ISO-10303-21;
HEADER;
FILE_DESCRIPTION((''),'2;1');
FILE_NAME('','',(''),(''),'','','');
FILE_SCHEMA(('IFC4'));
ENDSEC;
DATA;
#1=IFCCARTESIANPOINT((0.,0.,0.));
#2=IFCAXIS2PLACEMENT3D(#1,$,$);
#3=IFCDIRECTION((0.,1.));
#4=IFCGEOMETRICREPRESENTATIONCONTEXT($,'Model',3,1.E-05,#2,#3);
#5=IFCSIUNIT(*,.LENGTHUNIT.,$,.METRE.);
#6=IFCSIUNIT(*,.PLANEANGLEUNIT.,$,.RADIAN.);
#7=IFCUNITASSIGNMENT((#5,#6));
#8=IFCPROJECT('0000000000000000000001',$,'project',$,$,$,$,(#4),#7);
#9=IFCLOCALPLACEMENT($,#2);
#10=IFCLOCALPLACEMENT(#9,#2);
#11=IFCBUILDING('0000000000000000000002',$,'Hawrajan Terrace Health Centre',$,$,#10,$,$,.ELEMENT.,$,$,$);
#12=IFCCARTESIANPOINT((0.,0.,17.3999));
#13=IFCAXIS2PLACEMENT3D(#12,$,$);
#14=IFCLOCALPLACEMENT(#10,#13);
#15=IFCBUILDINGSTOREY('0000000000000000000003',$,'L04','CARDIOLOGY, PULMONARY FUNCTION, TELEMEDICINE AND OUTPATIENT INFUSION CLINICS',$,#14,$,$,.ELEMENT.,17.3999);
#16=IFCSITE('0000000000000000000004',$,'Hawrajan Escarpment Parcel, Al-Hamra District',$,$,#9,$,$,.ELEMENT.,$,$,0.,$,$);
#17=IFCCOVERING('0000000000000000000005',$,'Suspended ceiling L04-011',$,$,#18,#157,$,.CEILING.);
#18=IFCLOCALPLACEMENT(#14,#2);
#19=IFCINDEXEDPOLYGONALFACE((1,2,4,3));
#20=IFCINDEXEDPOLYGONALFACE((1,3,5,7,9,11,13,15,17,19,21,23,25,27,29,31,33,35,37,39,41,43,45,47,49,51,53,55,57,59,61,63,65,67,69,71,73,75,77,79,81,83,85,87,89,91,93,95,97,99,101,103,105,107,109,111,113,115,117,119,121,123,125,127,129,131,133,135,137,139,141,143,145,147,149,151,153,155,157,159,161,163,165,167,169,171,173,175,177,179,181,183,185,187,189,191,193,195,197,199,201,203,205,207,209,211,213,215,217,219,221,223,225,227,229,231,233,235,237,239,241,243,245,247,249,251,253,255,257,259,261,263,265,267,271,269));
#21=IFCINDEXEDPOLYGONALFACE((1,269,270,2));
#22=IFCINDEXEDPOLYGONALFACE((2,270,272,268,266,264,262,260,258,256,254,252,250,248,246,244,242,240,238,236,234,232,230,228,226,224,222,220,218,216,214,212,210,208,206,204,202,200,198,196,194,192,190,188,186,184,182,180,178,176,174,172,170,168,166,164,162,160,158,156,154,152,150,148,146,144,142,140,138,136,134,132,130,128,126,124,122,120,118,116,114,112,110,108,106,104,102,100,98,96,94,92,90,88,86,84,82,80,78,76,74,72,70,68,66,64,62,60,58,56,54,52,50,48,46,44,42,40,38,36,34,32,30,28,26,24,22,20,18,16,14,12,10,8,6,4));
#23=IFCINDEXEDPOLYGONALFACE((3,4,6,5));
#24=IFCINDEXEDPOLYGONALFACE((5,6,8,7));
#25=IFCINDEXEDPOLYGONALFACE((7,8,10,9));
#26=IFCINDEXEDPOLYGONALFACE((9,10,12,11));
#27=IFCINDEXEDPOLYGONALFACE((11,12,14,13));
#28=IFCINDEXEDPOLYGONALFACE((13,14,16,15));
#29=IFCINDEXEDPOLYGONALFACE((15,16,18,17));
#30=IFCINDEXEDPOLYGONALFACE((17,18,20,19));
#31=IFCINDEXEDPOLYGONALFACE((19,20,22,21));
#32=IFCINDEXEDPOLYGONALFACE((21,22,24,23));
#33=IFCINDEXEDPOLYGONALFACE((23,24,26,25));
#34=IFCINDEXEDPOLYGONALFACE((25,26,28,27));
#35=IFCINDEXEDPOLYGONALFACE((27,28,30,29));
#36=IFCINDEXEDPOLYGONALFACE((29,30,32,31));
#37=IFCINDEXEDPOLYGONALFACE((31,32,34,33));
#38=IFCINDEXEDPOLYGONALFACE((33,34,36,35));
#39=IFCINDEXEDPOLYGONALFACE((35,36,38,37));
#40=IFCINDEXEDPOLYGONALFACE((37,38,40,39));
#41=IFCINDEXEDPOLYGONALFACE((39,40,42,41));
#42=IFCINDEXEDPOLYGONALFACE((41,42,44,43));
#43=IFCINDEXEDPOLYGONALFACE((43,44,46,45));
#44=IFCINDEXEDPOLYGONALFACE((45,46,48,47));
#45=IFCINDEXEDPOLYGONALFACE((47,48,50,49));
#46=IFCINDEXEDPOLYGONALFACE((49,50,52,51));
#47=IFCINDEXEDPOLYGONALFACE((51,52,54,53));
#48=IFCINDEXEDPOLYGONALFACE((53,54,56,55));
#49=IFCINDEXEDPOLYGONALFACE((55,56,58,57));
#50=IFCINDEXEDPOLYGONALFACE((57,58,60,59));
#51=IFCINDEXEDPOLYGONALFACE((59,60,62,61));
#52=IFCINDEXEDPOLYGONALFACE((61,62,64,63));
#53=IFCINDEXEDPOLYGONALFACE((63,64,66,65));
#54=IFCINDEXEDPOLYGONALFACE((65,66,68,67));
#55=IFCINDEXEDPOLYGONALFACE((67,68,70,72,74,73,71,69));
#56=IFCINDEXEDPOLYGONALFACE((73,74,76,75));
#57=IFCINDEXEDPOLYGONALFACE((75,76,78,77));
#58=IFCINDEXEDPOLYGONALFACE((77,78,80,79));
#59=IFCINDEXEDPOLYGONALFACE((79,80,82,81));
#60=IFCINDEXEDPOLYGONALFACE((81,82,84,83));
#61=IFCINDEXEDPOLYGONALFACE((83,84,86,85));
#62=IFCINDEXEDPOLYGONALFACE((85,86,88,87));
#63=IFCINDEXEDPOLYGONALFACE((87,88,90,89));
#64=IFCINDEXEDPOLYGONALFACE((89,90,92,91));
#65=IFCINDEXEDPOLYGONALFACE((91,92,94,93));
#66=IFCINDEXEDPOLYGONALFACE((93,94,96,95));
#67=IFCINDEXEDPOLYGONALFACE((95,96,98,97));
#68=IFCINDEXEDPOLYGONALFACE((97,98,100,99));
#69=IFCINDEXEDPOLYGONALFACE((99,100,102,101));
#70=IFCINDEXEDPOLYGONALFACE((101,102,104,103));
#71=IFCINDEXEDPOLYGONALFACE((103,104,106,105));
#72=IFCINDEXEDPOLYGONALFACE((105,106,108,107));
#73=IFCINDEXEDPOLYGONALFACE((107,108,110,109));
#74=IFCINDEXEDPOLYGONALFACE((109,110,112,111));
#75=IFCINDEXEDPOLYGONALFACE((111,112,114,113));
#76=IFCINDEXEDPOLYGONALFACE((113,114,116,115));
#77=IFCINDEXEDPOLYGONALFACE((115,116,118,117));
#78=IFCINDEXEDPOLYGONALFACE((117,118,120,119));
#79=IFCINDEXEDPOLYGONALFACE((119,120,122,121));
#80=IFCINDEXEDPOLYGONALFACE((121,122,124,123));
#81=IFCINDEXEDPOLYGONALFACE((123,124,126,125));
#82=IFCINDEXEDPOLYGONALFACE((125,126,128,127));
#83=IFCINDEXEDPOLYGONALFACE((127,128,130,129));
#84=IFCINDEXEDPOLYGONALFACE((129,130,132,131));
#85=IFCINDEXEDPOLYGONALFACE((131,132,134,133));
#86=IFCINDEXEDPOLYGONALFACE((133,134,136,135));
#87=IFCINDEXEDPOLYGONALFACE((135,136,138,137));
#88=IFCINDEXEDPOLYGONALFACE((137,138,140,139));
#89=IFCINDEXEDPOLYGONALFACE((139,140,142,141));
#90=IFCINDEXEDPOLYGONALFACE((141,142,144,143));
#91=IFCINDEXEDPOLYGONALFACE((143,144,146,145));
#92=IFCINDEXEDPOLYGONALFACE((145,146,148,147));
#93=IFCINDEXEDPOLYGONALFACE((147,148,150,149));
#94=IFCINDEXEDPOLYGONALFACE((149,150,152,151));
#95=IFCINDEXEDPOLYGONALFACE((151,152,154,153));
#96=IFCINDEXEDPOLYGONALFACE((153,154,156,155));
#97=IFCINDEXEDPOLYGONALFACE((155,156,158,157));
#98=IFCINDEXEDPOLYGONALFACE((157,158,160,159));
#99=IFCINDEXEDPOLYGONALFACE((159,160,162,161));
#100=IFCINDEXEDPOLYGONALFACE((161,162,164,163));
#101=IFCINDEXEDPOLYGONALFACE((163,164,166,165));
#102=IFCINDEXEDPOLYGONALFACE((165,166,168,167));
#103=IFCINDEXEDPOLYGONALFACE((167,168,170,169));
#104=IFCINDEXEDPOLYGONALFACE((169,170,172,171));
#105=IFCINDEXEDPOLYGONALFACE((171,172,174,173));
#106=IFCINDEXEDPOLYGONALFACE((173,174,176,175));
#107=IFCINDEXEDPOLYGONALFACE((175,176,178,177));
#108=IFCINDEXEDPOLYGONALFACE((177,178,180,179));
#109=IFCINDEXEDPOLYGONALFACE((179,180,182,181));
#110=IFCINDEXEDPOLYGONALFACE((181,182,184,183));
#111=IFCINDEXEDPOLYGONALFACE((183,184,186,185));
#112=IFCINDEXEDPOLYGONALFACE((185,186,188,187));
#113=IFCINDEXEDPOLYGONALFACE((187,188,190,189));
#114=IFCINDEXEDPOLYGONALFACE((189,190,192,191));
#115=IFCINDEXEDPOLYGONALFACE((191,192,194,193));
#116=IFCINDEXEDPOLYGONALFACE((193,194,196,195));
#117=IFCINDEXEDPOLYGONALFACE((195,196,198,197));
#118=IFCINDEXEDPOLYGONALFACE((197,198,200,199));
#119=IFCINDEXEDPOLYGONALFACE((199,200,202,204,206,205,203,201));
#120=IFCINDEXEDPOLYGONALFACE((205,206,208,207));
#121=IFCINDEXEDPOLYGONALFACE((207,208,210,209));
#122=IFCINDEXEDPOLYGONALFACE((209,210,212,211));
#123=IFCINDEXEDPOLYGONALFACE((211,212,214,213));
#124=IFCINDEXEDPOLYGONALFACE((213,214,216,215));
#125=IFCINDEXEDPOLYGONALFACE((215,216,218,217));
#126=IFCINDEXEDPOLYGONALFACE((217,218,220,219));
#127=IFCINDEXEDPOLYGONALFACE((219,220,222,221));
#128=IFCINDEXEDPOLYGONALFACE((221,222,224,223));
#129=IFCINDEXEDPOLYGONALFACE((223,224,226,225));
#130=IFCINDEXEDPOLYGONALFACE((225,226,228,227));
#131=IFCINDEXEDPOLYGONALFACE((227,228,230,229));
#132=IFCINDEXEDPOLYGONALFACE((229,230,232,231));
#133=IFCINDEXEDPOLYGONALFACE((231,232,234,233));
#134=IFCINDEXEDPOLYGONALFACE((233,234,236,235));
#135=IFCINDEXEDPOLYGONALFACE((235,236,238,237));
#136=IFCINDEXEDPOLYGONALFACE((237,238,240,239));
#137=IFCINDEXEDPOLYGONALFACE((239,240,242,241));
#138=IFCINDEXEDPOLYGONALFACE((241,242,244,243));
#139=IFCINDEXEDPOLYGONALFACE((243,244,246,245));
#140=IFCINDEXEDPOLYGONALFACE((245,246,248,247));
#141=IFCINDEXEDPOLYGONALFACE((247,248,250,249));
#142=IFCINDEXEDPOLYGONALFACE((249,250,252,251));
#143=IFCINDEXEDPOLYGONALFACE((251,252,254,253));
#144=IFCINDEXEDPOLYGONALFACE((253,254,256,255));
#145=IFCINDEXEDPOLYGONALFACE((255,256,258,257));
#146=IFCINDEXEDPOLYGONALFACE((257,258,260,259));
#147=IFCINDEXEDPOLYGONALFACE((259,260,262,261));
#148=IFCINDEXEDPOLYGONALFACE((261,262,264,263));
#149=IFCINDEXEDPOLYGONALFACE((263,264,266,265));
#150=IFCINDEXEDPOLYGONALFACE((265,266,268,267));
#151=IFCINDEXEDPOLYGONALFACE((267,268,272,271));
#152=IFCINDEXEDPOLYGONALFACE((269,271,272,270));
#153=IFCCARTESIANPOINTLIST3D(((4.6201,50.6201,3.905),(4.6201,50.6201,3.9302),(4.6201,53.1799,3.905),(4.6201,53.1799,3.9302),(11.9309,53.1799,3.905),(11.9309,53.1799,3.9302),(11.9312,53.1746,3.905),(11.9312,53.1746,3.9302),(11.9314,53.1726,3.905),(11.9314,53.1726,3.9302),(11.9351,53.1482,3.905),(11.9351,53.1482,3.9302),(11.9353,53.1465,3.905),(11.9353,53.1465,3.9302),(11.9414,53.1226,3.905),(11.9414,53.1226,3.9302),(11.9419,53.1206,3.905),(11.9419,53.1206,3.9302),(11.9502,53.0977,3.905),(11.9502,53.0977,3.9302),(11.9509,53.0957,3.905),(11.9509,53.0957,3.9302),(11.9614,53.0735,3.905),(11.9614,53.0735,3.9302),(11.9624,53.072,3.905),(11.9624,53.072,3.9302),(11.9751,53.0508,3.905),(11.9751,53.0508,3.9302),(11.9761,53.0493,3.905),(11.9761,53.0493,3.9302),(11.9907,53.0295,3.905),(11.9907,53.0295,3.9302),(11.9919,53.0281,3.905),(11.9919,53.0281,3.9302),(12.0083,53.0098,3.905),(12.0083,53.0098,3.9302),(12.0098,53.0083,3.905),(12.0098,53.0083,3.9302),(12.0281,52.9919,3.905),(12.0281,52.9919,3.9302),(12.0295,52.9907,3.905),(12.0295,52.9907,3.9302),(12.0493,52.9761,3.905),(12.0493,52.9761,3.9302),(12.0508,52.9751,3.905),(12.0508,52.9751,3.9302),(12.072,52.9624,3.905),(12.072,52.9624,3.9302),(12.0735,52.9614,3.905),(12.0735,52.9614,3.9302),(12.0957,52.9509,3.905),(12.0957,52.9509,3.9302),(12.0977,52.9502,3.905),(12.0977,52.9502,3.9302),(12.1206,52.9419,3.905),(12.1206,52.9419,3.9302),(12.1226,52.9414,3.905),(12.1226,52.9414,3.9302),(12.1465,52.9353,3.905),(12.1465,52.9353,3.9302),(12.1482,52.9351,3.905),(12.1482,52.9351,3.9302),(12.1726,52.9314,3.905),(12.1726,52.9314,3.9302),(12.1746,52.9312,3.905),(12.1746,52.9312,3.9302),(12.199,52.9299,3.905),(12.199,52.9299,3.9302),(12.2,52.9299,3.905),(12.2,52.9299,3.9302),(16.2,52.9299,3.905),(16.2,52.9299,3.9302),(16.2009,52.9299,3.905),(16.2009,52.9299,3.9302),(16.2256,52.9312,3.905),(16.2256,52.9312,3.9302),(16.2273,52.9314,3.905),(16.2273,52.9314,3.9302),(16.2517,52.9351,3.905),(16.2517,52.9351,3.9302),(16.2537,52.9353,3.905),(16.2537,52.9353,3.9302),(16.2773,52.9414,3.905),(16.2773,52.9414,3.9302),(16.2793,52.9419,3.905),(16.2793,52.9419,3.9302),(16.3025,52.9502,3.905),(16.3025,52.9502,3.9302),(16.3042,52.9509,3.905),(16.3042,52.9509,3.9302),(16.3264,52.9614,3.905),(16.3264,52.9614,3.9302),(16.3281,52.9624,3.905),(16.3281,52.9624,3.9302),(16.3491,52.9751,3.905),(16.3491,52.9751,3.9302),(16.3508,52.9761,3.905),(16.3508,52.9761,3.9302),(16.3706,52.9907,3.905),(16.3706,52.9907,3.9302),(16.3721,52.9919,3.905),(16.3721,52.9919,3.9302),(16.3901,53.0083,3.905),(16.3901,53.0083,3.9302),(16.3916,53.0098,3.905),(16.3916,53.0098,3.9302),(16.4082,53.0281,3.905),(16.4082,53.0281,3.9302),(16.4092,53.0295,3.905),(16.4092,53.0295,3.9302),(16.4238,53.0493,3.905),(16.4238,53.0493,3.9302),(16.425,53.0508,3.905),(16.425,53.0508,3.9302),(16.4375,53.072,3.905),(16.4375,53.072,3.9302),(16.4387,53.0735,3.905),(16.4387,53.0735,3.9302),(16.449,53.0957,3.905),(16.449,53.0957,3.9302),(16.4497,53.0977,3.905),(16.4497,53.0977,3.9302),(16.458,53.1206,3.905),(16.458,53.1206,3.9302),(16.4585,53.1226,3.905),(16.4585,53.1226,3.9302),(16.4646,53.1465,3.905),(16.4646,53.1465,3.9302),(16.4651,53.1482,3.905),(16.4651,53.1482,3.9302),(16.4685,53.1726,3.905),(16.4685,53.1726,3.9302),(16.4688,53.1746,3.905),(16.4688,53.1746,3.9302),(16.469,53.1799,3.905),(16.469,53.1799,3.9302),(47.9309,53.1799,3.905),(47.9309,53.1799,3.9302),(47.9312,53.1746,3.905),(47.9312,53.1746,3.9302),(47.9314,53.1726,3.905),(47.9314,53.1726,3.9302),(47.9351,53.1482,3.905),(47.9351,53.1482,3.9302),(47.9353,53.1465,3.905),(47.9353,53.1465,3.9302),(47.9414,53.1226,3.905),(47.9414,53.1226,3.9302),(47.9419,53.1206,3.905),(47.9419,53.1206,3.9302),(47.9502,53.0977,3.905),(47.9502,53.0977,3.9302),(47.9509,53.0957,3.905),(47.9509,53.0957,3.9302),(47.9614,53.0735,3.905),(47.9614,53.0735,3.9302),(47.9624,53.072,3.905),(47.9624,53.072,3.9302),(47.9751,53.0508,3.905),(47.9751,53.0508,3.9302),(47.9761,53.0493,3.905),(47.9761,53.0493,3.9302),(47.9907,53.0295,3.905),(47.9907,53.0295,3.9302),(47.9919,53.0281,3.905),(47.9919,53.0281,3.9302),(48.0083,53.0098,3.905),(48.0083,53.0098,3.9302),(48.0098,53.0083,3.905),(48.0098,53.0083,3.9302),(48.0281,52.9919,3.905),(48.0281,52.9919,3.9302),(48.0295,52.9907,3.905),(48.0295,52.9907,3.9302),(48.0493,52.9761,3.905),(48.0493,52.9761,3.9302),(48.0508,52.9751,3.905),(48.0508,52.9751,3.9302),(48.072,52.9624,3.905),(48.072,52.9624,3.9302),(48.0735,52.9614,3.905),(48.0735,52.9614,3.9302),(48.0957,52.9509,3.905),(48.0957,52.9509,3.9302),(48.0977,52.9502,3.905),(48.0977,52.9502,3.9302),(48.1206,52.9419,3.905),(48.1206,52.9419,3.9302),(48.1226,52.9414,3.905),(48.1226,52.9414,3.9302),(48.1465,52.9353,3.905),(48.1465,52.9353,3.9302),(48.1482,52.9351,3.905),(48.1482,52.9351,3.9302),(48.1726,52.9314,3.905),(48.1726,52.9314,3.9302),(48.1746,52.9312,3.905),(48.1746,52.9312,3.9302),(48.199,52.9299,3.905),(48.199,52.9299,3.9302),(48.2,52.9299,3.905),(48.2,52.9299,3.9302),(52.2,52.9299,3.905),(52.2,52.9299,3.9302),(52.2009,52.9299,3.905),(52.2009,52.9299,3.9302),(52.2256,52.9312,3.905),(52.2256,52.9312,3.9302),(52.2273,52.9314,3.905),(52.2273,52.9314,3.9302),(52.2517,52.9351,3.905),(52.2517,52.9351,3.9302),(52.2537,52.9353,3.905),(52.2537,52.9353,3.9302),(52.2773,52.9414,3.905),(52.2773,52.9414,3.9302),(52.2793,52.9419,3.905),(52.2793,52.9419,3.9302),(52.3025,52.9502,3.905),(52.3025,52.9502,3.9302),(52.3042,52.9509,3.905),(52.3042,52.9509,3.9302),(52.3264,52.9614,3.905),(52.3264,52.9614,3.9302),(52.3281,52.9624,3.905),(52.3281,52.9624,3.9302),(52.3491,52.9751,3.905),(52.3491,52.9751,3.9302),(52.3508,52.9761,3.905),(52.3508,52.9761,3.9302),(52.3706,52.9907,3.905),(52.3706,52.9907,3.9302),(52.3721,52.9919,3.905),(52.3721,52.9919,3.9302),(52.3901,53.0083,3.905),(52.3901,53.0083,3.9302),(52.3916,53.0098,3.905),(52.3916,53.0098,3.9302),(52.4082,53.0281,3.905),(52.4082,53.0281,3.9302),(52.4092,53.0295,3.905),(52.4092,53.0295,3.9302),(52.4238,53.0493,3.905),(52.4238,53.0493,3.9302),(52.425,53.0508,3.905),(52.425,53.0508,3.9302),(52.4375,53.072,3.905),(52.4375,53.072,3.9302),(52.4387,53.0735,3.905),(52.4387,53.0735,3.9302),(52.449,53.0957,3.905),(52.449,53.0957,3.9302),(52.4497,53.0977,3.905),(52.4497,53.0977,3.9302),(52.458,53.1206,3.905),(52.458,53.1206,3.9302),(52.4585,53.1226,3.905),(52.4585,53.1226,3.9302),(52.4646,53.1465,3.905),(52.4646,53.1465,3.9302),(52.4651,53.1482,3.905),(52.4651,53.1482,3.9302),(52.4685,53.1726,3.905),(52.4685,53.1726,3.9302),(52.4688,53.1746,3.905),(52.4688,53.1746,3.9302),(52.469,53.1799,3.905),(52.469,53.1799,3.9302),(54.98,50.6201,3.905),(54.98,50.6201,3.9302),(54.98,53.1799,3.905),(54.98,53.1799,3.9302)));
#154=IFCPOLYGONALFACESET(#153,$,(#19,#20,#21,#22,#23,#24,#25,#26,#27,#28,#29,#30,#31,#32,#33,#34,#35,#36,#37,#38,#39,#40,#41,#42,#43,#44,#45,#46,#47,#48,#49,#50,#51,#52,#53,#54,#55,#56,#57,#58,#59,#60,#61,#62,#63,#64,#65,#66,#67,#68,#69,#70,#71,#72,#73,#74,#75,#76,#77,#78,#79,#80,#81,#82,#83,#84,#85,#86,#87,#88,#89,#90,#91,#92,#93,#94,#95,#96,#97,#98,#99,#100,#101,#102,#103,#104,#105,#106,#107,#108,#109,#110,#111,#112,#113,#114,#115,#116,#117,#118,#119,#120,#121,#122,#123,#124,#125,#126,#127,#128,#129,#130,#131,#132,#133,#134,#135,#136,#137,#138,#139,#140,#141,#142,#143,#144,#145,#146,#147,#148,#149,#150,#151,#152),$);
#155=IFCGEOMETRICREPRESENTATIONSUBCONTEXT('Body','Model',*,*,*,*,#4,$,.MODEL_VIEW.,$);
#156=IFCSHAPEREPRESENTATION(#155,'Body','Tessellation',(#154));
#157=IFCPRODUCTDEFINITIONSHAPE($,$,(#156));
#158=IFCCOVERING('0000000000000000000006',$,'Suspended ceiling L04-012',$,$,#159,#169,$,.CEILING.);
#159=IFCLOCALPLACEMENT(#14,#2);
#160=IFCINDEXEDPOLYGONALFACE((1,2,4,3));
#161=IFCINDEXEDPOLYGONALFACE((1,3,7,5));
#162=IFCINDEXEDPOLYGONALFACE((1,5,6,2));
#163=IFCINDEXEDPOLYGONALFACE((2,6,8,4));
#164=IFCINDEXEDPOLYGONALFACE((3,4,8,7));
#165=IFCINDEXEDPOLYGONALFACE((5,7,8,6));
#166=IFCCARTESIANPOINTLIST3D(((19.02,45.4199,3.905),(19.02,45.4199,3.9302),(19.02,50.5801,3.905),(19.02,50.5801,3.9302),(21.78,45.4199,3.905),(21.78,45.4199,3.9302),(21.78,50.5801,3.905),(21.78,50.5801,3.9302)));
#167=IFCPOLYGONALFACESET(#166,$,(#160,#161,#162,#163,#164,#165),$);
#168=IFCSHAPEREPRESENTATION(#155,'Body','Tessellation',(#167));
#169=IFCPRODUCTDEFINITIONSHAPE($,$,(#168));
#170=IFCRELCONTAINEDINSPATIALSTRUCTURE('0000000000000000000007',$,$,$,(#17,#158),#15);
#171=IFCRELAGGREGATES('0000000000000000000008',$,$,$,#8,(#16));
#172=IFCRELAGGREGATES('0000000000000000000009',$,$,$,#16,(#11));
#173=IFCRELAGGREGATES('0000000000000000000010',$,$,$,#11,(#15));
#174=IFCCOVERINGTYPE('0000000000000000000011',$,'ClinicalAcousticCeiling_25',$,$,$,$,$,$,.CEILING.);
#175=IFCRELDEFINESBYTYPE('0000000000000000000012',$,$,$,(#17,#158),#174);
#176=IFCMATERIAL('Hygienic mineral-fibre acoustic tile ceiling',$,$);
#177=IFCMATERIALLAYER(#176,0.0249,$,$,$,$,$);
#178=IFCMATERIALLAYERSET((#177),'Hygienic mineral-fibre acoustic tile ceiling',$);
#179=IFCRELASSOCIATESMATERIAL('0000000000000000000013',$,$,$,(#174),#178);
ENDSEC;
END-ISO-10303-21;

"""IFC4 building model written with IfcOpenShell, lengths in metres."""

from ifc_helpers import new_model, si_unit, direction, frame, origin, place, context, subcontext, project, spatial, polyline, outline, extrude, material, layer, layer_set, type_object, element, save


model = new_model("IFC4")

# Units and contexts
model_context = context("Model", 3, precision=1e-05, world=origin(), true_north=direction((0.0, 1.0)))
body_context = subcontext(model_context, "Body", "Model", "MODEL_VIEW")
ifc_project = project(units=[si_unit("LENGTHUNIT", "METRE"), si_unit("PLANEANGLEUNIT", "RADIAN")], contexts=[model_context])

# Site, building, storey
site_placement = place(None, origin())
site = spatial("IfcSite", under=ifc_project, at=site_placement, Name="Hawrajan Escarpment Parcel, Al-Hamra District", CompositionType="ELEMENT", RefElevation=0.0)
building_placement = place(site_placement, origin())
building = spatial("IfcBuilding", under=site, at=building_placement, Name="Hawrajan Terrace Health Centre", CompositionType="ELEMENT")
storey_placement = place(building_placement, frame((0.0, 0.0, 17.3999)))
storey = spatial("IfcBuildingStorey", under=building, at=storey_placement, Name="L04", Description="CARDIOLOGY, PULMONARY FUNCTION, TELEMEDICINE AND OUTPATIENT INFUSION CLINICS", CompositionType="ELEMENT", Elevation=17.3999)

# Coverings
ifc_material_1 = material(Name="Hygienic mineral-fibre acoustic tile ceiling")
ifc_layer_1 = layer(ifc_material_1, 0.0249)
ifc_layer_set_1 = layer_set([ifc_layer_1], Name="Hygienic mineral-fibre acoustic tile ceiling")
covering_type_1 = type_object("IfcCoveringType", Name="ClinicalAcousticCeiling_25", PredefinedType="CEILING", material=ifc_layer_set_1)
covering_1_placement = place(storey_placement, frame((0.0, 0.0, 3.905)))
element("IfcCovering", 1, at=covering_1_placement, inside=storey, type_object=covering_type_1, Name="Suspended ceiling L04-011", PredefinedType="CEILING", context=body_context, shape_type="SweptSolid", body=[
    extrude(outline(polyline([(54.98, 53.1799), (54.98, 50.6201), (4.6201, 50.6201), (4.6201, 53.1799), (11.9309, 53.1799), (11.9312, 53.1746), (11.9314, 53.1726), (11.9351, 53.1482), (11.9353, 53.1465), (11.9414, 53.1226), (11.9419, 53.1206), (11.9502, 53.0977), (11.9509, 53.0957), (11.9614, 53.0735), (11.9624, 53.072), (11.9751, 53.0508), (11.9761, 53.0493), (11.9907, 53.0295), (11.9919, 53.0281), (12.0083, 53.0098), (12.0098, 53.0083), (12.0281, 52.9919), (12.0295, 52.9907), (12.0493, 52.9761), (12.0508, 52.9751), (12.072, 52.9624), (12.0735, 52.9614), (12.0957, 52.9509), (12.0977, 52.9502), (12.1206, 52.9419), (12.1226, 52.9414), (12.1465, 52.9353), (12.1482, 52.9351), (12.1726, 52.9314), (12.1746, 52.9312), (12.199, 52.9299), (12.2, 52.9299), (16.2, 52.9299), (16.2009, 52.9299), (16.2256, 52.9312), (16.2273, 52.9314), (16.2517, 52.9351), (16.2537, 52.9353), (16.2773, 52.9414), (16.2793, 52.9419), (16.3025, 52.9502), (16.3042, 52.9509), (16.3264, 52.9614), (16.3281, 52.9624), (16.3491, 52.9751), (16.3508, 52.9761), (16.3706, 52.9907), (16.3721, 52.9919), (16.3901, 53.0083), (16.3916, 53.0098), (16.4082, 53.0281), (16.4092, 53.0295), (16.4238, 53.0493), (16.425, 53.0508), (16.4375, 53.072), (16.4387, 53.0735), (16.449, 53.0957), (16.4497, 53.0977), (16.458, 53.1206), (16.4585, 53.1226), (16.4646, 53.1465), (16.4651, 53.1482), (16.4685, 53.1726), (16.4688, 53.1746), (16.469, 53.1799), (47.9309, 53.1799), (47.9312, 53.1746), (47.9314, 53.1726), (47.9351, 53.1482), (47.9353, 53.1465), (47.9414, 53.1226), (47.9419, 53.1206), (47.9502, 53.0977), (47.9509, 53.0957), (47.9614, 53.0735), (47.9624, 53.072), (47.9751, 53.0508), (47.9761, 53.0493), (47.9907, 53.0295), (47.9919, 53.0281), (48.0083, 53.0098), (48.0098, 53.0083), (48.0281, 52.9919), (48.0295, 52.9907), (48.0493, 52.9761), (48.0508, 52.9751), (48.072, 52.9624), (48.0735, 52.9614), (48.0957, 52.9509), (48.0977, 52.9502), (48.1206, 52.9419), (48.1226, 52.9414), (48.1465, 52.9353), (48.1482, 52.9351), (48.1726, 52.9314), (48.1746, 52.9312), (48.199, 52.9299), (48.2, 52.9299), (52.2, 52.9299), (52.2009, 52.9299), (52.2256, 52.9312), (52.2273, 52.9314), (52.2517, 52.9351), (52.2537, 52.9353), (52.2773, 52.9414), (52.2793, 52.9419), (52.3025, 52.9502), (52.3042, 52.9509), (52.3264, 52.9614), (52.3281, 52.9624), (52.3491, 52.9751), (52.3508, 52.9761), (52.3706, 52.9907), (52.3721, 52.9919), (52.3901, 53.0083), (52.3916, 53.0098), (52.4082, 53.0281), (52.4092, 53.0295), (52.4238, 53.0493), (52.425, 53.0508), (52.4375, 53.072), (52.4387, 53.0735), (52.449, 53.0957), (52.4497, 53.0977), (52.458, 53.1206), (52.4585, 53.1226), (52.4646, 53.1465), (52.4651, 53.1482), (52.4685, 53.1726), (52.4688, 53.1746), (52.469, 53.1799), (54.98, 53.1799)])), origin(), (0.0, 0.0, 1.0), 0.0251),
])
covering_2_placement = place(storey_placement, frame((0.0, 0.0, 3.905)))
element("IfcCovering", 2, at=covering_2_placement, inside=storey, type_object=covering_type_1, Name="Suspended ceiling L04-012", PredefinedType="CEILING", context=body_context, shape_type="SweptSolid", body=[
    extrude(outline(polyline([(19.02, 50.5801), (21.78, 50.5801), (21.78, 45.4199), (19.02, 45.4199), (19.02, 50.5801)])), origin(), (0.0, 0.0, 1.0), 0.0251),
])

save(model, "model.ifc")
